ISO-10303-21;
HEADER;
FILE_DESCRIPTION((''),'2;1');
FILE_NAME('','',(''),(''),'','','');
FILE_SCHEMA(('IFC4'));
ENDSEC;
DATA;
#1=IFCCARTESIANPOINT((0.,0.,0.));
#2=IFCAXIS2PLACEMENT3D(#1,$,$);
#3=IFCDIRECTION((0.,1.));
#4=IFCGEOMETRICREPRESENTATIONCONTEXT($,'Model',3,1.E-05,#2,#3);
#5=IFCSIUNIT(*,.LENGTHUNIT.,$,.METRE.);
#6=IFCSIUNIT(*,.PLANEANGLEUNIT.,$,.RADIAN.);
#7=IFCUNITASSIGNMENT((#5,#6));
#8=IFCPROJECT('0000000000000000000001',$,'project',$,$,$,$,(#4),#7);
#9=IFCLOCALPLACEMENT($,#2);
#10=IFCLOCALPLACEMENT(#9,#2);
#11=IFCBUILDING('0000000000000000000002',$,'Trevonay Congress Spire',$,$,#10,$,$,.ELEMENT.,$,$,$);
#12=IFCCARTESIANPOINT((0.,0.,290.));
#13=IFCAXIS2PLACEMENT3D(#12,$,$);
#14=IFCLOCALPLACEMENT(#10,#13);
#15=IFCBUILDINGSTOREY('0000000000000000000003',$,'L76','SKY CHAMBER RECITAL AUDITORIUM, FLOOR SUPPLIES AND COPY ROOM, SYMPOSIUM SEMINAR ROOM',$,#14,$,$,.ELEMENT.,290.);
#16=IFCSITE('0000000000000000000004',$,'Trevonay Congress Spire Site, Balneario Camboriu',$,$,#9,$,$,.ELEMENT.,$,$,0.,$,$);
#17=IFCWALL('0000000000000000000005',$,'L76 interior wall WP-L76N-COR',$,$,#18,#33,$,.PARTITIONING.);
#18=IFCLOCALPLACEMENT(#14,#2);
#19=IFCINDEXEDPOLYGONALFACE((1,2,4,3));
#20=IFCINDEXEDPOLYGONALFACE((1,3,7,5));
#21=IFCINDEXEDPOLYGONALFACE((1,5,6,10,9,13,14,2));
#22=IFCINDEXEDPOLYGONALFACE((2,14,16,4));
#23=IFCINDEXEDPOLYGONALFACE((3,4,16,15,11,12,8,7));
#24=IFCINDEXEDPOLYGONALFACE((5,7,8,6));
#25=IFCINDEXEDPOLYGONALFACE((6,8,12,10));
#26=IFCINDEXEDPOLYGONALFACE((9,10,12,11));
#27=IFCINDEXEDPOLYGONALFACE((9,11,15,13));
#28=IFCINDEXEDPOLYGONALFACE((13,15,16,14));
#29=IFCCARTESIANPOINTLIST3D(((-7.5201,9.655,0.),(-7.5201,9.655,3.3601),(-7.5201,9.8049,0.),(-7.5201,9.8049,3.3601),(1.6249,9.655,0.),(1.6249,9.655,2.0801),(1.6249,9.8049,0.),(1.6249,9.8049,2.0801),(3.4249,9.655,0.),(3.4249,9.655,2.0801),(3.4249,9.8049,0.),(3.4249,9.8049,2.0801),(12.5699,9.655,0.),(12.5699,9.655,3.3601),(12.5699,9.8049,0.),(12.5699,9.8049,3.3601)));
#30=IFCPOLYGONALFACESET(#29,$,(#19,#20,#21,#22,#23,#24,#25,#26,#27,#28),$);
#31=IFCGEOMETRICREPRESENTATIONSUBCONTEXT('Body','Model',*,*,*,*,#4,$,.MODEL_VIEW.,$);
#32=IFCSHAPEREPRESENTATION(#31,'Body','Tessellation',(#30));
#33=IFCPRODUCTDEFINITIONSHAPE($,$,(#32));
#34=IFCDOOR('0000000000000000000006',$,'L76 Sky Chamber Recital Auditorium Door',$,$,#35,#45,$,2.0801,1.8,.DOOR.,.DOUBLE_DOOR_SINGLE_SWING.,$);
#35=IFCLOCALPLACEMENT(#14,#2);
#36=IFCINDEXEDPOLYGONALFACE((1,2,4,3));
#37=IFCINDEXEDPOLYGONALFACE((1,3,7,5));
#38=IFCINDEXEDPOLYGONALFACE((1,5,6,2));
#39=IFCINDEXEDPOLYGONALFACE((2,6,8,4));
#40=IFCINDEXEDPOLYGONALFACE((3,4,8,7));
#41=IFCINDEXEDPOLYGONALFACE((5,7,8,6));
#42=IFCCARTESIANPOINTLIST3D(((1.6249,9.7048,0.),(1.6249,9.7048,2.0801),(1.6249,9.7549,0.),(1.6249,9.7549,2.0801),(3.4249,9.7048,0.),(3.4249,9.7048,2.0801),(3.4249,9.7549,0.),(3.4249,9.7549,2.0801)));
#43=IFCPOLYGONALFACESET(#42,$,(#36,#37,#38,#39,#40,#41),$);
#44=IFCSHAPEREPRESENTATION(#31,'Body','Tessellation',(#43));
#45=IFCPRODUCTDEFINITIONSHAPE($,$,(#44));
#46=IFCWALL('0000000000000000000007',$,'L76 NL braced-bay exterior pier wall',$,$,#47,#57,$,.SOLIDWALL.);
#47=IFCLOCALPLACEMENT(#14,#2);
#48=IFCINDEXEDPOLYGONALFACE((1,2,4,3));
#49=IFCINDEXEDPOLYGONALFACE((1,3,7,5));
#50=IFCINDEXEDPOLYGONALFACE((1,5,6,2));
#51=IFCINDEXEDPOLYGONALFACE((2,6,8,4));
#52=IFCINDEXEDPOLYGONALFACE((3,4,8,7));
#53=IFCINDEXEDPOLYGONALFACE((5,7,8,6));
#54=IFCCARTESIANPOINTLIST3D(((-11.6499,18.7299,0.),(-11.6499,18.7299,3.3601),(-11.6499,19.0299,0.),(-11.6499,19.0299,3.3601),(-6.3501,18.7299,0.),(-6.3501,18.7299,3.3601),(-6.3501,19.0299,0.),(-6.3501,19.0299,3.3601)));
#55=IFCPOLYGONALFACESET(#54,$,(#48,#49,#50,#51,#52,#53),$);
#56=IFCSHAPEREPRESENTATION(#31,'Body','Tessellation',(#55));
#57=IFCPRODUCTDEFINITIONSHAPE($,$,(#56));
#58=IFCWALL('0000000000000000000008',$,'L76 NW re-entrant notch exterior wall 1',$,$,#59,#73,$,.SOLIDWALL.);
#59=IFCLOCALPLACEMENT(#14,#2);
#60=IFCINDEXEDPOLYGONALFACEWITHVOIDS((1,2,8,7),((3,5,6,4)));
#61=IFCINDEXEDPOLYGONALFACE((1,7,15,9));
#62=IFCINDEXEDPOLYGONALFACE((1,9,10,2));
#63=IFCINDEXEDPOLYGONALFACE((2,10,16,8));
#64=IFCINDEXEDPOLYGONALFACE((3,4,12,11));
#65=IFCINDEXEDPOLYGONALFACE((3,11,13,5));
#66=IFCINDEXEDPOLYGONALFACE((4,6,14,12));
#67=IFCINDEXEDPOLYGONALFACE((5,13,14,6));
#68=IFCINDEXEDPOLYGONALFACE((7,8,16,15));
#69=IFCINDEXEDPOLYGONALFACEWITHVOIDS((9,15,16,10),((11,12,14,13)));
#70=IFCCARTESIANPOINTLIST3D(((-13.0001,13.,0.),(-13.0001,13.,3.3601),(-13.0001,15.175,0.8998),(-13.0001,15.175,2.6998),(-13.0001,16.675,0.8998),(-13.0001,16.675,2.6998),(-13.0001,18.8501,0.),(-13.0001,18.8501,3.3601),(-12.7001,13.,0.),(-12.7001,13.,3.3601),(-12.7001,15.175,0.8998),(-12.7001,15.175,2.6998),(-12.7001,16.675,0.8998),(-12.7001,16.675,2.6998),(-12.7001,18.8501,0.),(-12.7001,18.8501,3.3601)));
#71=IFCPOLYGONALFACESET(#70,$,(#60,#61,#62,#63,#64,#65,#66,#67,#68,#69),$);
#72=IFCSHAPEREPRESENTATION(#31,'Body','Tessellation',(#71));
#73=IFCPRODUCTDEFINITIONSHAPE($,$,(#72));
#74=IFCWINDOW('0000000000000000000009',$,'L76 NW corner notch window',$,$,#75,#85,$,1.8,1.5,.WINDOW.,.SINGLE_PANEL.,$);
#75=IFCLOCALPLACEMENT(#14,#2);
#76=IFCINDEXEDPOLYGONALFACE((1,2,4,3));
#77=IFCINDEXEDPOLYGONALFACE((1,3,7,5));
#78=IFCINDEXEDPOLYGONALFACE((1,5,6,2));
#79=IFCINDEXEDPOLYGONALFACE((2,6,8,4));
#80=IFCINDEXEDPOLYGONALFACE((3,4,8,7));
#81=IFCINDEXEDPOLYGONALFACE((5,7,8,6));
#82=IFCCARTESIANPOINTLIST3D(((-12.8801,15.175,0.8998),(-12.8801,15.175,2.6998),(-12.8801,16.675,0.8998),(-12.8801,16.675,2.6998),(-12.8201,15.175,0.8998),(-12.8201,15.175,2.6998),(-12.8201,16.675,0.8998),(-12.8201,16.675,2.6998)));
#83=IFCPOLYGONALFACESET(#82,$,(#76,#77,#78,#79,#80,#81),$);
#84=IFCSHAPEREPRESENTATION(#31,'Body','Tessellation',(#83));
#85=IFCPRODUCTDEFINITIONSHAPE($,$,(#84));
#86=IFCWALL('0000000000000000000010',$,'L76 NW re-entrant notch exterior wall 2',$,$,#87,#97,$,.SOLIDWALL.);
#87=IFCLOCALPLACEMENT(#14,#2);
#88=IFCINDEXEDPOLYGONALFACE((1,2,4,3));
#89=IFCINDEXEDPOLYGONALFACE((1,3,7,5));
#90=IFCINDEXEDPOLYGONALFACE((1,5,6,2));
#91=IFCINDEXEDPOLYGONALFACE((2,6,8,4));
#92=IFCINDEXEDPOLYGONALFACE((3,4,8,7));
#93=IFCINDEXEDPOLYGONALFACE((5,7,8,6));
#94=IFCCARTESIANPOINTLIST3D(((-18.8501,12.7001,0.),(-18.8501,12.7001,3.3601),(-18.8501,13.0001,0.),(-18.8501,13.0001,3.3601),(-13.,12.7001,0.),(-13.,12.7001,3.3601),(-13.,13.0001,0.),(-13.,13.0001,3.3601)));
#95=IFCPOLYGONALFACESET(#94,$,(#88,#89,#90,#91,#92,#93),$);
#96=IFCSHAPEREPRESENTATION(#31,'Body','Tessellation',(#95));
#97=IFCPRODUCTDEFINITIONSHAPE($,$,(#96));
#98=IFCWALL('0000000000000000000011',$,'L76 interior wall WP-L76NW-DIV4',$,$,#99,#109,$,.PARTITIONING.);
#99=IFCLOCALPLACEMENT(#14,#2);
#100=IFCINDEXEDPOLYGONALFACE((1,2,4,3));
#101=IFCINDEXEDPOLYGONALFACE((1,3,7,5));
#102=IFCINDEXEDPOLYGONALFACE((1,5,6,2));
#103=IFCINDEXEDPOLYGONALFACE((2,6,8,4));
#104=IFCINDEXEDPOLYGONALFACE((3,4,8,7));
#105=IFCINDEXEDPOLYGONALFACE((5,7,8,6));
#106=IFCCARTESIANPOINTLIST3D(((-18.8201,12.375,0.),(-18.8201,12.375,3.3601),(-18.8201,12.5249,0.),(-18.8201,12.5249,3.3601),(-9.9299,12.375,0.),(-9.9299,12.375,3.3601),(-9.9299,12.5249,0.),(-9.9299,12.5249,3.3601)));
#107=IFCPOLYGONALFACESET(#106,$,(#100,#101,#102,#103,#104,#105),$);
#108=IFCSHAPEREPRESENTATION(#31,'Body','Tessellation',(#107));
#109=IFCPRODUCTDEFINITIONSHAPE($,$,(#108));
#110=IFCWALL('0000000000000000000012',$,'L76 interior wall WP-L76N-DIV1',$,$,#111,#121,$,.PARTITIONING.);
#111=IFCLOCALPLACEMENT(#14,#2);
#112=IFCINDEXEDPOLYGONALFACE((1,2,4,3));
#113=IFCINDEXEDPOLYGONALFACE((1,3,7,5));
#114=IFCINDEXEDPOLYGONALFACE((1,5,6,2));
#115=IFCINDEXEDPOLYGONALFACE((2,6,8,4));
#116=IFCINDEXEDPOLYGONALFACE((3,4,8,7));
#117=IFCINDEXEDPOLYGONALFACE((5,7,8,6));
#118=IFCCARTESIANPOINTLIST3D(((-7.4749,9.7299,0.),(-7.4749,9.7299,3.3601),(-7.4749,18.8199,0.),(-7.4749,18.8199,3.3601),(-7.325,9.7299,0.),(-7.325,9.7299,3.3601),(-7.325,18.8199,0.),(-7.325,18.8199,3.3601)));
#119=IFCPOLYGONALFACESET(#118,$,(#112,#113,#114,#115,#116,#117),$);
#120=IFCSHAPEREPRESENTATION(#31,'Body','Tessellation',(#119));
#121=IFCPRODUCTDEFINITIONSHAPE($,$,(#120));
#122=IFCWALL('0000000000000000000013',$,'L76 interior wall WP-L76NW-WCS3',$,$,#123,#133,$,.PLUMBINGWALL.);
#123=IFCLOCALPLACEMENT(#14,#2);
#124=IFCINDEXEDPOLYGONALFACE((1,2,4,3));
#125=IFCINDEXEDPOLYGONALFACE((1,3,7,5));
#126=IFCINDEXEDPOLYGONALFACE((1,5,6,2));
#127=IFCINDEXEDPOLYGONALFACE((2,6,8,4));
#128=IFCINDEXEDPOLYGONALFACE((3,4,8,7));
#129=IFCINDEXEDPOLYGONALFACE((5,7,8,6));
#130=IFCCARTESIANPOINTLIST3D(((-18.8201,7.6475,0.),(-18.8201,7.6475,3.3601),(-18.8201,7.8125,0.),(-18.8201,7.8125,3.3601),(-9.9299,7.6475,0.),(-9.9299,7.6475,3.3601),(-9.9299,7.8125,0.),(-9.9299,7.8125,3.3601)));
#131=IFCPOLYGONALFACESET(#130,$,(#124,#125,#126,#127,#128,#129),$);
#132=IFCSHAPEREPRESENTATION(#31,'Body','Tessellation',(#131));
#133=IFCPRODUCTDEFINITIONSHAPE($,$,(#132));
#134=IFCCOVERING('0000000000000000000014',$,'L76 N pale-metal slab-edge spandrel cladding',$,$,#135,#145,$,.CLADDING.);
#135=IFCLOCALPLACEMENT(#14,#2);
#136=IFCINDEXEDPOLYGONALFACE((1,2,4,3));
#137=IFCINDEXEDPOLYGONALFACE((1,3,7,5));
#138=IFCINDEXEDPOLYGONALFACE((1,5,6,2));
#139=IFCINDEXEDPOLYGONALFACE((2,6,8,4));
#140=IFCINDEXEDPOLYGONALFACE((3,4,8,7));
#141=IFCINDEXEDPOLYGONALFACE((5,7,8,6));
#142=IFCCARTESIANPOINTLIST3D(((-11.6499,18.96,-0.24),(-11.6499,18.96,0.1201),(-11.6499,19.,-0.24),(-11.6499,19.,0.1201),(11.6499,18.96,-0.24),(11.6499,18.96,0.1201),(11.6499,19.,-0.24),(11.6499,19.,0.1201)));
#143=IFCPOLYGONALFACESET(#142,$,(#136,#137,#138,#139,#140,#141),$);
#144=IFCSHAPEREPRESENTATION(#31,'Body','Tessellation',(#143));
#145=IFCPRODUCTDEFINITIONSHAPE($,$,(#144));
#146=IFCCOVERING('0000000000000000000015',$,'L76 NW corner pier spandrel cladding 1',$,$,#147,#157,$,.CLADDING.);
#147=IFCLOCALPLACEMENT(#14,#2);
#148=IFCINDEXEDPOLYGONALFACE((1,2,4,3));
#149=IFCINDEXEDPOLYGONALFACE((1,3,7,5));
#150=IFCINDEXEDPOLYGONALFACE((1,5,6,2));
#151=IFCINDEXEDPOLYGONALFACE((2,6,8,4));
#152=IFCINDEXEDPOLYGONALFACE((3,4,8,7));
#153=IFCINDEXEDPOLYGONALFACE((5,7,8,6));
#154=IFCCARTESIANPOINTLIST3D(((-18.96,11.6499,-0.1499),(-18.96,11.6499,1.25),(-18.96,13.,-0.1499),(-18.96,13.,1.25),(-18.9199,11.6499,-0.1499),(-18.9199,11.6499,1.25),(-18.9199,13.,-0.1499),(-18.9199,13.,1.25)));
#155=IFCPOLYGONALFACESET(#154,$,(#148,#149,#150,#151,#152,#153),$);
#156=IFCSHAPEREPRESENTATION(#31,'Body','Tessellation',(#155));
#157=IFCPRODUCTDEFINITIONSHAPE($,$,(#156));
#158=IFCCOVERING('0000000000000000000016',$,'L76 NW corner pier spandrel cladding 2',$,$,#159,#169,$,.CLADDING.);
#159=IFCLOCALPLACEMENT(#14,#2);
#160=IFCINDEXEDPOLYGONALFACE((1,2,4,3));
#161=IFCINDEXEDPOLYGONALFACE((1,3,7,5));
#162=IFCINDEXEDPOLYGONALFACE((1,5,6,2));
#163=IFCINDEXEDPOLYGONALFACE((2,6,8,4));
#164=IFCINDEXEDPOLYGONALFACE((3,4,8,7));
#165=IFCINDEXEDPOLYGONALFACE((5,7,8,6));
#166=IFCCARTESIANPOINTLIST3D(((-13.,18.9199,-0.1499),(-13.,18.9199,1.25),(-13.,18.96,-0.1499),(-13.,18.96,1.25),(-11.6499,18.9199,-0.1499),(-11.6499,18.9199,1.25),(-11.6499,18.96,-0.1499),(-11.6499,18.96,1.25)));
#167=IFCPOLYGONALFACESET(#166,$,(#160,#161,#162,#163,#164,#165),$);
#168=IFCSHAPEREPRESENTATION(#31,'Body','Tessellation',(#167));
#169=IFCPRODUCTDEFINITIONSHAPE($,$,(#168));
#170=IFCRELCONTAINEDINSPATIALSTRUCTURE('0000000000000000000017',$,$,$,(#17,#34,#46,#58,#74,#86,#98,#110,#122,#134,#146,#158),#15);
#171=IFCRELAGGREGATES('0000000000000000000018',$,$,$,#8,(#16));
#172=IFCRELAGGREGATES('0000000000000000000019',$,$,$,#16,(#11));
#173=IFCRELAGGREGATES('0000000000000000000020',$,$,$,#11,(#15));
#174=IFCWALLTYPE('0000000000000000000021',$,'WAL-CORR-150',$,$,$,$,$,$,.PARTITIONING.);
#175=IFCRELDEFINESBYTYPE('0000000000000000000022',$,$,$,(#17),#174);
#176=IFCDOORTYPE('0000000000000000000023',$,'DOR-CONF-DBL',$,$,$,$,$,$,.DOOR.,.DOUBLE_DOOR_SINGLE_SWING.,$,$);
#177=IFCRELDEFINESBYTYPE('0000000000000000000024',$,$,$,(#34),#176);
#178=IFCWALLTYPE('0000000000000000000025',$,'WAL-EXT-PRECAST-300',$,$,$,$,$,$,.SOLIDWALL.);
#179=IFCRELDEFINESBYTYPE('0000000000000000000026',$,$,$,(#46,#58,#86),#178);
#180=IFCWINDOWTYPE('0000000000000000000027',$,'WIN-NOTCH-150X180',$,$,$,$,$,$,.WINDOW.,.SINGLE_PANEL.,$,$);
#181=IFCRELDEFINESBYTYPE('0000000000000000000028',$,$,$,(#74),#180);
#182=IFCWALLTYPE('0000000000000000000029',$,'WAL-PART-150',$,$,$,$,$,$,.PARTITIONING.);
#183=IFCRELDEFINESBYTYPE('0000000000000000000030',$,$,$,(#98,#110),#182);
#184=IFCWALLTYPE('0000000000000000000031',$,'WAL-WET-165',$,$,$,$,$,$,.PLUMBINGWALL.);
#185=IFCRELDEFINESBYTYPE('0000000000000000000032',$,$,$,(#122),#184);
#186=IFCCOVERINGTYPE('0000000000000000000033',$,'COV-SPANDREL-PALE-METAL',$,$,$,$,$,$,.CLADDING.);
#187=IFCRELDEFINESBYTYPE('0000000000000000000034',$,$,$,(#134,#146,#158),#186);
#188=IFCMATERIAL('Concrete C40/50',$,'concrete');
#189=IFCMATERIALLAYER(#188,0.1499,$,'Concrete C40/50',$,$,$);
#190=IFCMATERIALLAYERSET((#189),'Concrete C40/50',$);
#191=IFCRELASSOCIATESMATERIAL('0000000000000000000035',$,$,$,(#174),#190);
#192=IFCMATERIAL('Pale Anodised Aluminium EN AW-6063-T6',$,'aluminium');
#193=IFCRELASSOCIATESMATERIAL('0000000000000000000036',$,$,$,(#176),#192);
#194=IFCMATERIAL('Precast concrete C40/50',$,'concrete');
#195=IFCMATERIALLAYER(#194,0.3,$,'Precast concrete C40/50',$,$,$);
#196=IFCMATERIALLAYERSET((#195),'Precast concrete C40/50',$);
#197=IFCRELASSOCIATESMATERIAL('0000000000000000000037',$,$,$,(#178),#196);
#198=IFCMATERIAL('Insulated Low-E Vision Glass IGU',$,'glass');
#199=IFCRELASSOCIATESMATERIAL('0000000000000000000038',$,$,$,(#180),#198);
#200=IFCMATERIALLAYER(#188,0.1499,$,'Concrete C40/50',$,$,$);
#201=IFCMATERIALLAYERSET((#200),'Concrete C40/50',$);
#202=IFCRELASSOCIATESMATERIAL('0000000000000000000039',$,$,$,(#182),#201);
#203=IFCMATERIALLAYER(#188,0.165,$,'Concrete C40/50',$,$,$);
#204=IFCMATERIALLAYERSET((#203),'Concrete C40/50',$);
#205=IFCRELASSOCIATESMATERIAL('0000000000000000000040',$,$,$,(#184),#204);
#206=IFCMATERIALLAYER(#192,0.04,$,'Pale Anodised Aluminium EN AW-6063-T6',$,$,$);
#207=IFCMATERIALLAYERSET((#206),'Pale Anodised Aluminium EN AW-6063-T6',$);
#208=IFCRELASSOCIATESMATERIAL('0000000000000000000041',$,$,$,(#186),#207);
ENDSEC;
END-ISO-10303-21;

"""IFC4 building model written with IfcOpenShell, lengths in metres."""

from ifc_helpers import new_model, si_unit, direction, frame, frame_2d, origin, place, context, subcontext, project, spatial, rectangle, extrude, material, layer, layer_set, type_object, element, fill, save


model = new_model("IFC4")

# Units and contexts
model_context = context("Model", 3, precision=1e-05, world=origin(), true_north=direction((0.0, 1.0)))
body_context = subcontext(model_context, "Body", "Model", "MODEL_VIEW")
ifc_project = project(units=[si_unit("LENGTHUNIT", "METRE"), si_unit("PLANEANGLEUNIT", "RADIAN")], contexts=[model_context])

# Site, building, storey
site_placement = place(None, origin())
site = spatial("IfcSite", under=ifc_project, at=site_placement, Name="Trevonay Congress Spire Site, Balneario Camboriu", CompositionType="ELEMENT", RefElevation=0.0)
building_placement = place(site_placement, origin())
building = spatial("IfcBuilding", under=site, at=building_placement, Name="Trevonay Congress Spire", CompositionType="ELEMENT")
storey_placement = place(building_placement, frame((0.0, 0.0, 290.0)))
storey = spatial("IfcBuildingStorey", under=building, at=storey_placement, Name="L76", Description="SKY CHAMBER RECITAL AUDITORIUM, FLOOR SUPPLIES AND COPY ROOM, SYMPOSIUM SEMINAR ROOM", CompositionType="ELEMENT", Elevation=290.0)

# Shared definitions
ifc_material_1 = material(Name="Pale Anodised Aluminium EN AW-6063-T6", Category="aluminium")

# Shared definitions
ifc_material_2 = material(Name="Insulated Low-E Vision Glass IGU", Category="glass")

# Wall, opening, door
ifc_material_3 = material(Name="Concrete C40/50", Category="concrete")
ifc_layer_1 = layer(ifc_material_3, 0.1499, Name="Concrete C40/50")
ifc_layer_set_1 = layer_set([ifc_layer_1], Name="Concrete C40/50")
wall_type_1 = type_object("IfcWallType", Name="WAL-CORR-150", PredefinedType="PARTITIONING", material=ifc_layer_set_1)
wall_1_placement = place(storey_placement, frame((-7.52, 9.73, 0.0), z_axis=(0.0, 0.0, 1.0), x_axis=(1.0, 0.0, 0.0)))
wall_1 = element("IfcWall", 1, at=wall_1_placement, inside=storey, type_object=wall_type_1, Name="L76 interior wall WP-L76N-COR", PredefinedType="PARTITIONING", context=body_context, shape_type="SweptSolid", body=[
    extrude(rectangle(XDim=20.0901, YDim=0.1499, at=frame_2d((10.0449, 0.0))), origin(), (0.0, 0.0, 1.0), 3.3601),
])
opening_1_placement = place(wall_1_placement, frame((9.145, 0.0, 0.0)))
opening_1 = element("IfcOpeningElement", 2, at=opening_1_placement, cuts=wall_1, PredefinedType="OPENING", context=body_context, shape_type="SweptSolid", body=[
    extrude(rectangle(XDim=1.8, YDim=2.0801, at=frame_2d((0.8999, 1.04))), frame((0.0, 0.085, 0.0), z_axis=(0.0, -1.0, 0.0), x_axis=(1.0, 0.0, 0.0)), (0.0, 0.0, 1.0), 0.1699),
])
door_type = type_object("IfcDoorType", Name="DOR-CONF-DBL", OperationType="DOUBLE_DOOR_SINGLE_SWING", PredefinedType="DOOR", material=ifc_material_1)
door_placement = place(opening_1_placement, origin())
door = element("IfcDoor", 3, at=door_placement, inside=storey, type_object=door_type, Name="L76 Sky Chamber Recital Auditorium Door", OperationType="DOUBLE_DOOR_SINGLE_SWING", OverallHeight=2.0801, OverallWidth=1.8, PredefinedType="DOOR", context=body_context, shape_type="SweptSolid", body=[
    extrude(rectangle(XDim=1.8, YDim=2.0801, at=frame_2d((0.8999, 1.04))), frame((0.0, 0.0249, 0.0), z_axis=(0.0, -1.0, 0.0), x_axis=(1.0, 0.0, 0.0)), (0.0, 0.0, 1.0), 0.05),
])
fill(opening_1, door)

# Wall
ifc_material_4 = material(Name="Precast concrete C40/50", Category="concrete")
ifc_layer_2 = layer(ifc_material_4, 0.3, Name="Precast concrete C40/50")
ifc_layer_set_2 = layer_set([ifc_layer_2], Name="Precast concrete C40/50")
wall_type_2 = type_object("IfcWallType", Name="WAL-EXT-PRECAST-300", PredefinedType="SOLIDWALL", material=ifc_layer_set_2)
wall_2_placement = place(storey_placement, frame((-11.6499, 18.8799, 0.0), z_axis=(0.0, 0.0, 1.0), x_axis=(1.0, 0.0, 0.0)))
element("IfcWall", 4, at=wall_2_placement, inside=storey, type_object=wall_type_2, Name="L76 NL braced-bay exterior pier wall", PredefinedType="SOLIDWALL", context=body_context, shape_type="SweptSolid", body=[
    extrude(rectangle(XDim=5.2998, YDim=0.3, at=frame_2d((2.6499, 0.0))), origin(), (0.0, 0.0, 1.0), 3.3601),
])

# Wall, opening, window
wall_3_placement = place(storey_placement, frame((-12.8501, 18.8501, 0.0), z_axis=(0.0, 0.0, 1.0), x_axis=(0.0, -1.0, 0.0)))
wall_3 = element("IfcWall", 5, at=wall_3_placement, inside=storey, type_object=wall_type_2, Name="L76 NW re-entrant notch exterior wall 1", PredefinedType="SOLIDWALL", context=body_context, shape_type="SweptSolid", body=[
    extrude(rectangle(XDim=5.8501, YDim=0.3, at=frame_2d((2.925, 0.0))), origin(), (0.0, 0.0, 1.0), 3.3601),
])
opening_2_placement = place(wall_3_placement, frame((2.175, 0.0, 0.8999)))
opening_2 = element("IfcOpeningElement", 6, at=opening_2_placement, cuts=wall_3, PredefinedType="OPENING", context=body_context, shape_type="SweptSolid", body=[
    extrude(rectangle(XDim=1.5, YDim=1.8, at=frame_2d((0.75, 0.8999))), frame((0.0, 0.1602, 0.0), z_axis=(0.0, -1.0, 0.0), x_axis=(1.0, 0.0, 0.0)), (0.0, 0.0, 1.0), 0.3201),
])
window_type = type_object("IfcWindowType", Name="WIN-NOTCH-150X180", PartitioningType="SINGLE_PANEL", PredefinedType="WINDOW", material=ifc_material_2)
window_placement = place(opening_2_placement, origin())
window = element("IfcWindow", 7, at=window_placement, inside=storey, type_object=window_type, Name="L76 NW corner notch window", OverallHeight=1.8, OverallWidth=1.5, PartitioningType="SINGLE_PANEL", PredefinedType="WINDOW", context=body_context, shape_type="SweptSolid", body=[
    extrude(rectangle(XDim=1.5, YDim=1.8, at=frame_2d((0.75, 0.8999))), frame((0.0, 0.03, 0.0), z_axis=(0.0, -1.0, 0.0), x_axis=(1.0, 0.0, 0.0)), (0.0, 0.0, 1.0), 0.0601),
])
fill(opening_2, window)

# Walls
wall_4_placement = place(storey_placement, frame((-18.8501, 12.8501, 0.0), z_axis=(0.0, 0.0, 1.0), x_axis=(1.0, 0.0, 0.0)))
element("IfcWall", 8, at=wall_4_placement, inside=storey, type_object=wall_type_2, Name="L76 NW re-entrant notch exterior wall 2", PredefinedType="SOLIDWALL", context=body_context, shape_type="SweptSolid", body=[
    extrude(rectangle(XDim=5.8501, YDim=0.3, at=frame_2d((2.925, 0.0))), origin(), (0.0, 0.0, 1.0), 3.3601),
])
ifc_layer_3 = layer(ifc_material_3, 0.1499, Name="Concrete C40/50")
ifc_layer_set_3 = layer_set([ifc_layer_3], Name="Concrete C40/50")
wall_type_3 = type_object("IfcWallType", Name="WAL-PART-150", PredefinedType="PARTITIONING", material=ifc_layer_set_3)
wall_5_placement = place(storey_placement, frame((-18.8201, 12.45, 0.0), z_axis=(0.0, 0.0, 1.0), x_axis=(1.0, 0.0, 0.0)))
element("IfcWall", 9, at=wall_5_placement, inside=storey, type_object=wall_type_3, Name="L76 interior wall WP-L76NW-DIV4", PredefinedType="PARTITIONING", context=body_context, shape_type="SweptSolid", body=[
    extrude(rectangle(XDim=8.8901, YDim=0.1499, at=frame_2d((4.4451, 0.0))), origin(), (0.0, 0.0, 1.0), 3.3601),
])
wall_6_placement = place(storey_placement, frame((-7.3999, 9.73, 0.0), z_axis=(0.0, 0.0, 1.0), x_axis=(0.0, 1.0, 0.0)))
element("IfcWall", 10, at=wall_6_placement, inside=storey, type_object=wall_type_3, Name="L76 interior wall WP-L76N-DIV1", PredefinedType="PARTITIONING", context=body_context, shape_type="SweptSolid", body=[
    extrude(rectangle(XDim=9.0901, YDim=0.1499, at=frame_2d((4.5449, 0.0))), origin(), (0.0, 0.0, 1.0), 3.3601),
])
ifc_layer_4 = layer(ifc_material_3, 0.165, Name="Concrete C40/50")
ifc_layer_set_4 = layer_set([ifc_layer_4], Name="Concrete C40/50")
wall_type_4 = type_object("IfcWallType", Name="WAL-WET-165", PredefinedType="PLUMBINGWALL", material=ifc_layer_set_4)
wall_7_placement = place(storey_placement, frame((-18.8201, 7.73, 0.0), z_axis=(0.0, 0.0, 1.0), x_axis=(1.0, 0.0, 0.0)))
element("IfcWall", 11, at=wall_7_placement, inside=storey, type_object=wall_type_4, Name="L76 interior wall WP-L76NW-WCS3", PredefinedType="PLUMBINGWALL", context=body_context, shape_type="SweptSolid", body=[
    extrude(rectangle(XDim=8.8901, YDim=0.165, at=frame_2d((4.4451, 0.0))), origin(), (0.0, 0.0, 1.0), 3.3601),
])

# Coverings
ifc_layer_5 = layer(ifc_material_1, 0.04, Name="Pale Anodised Aluminium EN AW-6063-T6")
ifc_layer_set_5 = layer_set([ifc_layer_5], Name="Pale Anodised Aluminium EN AW-6063-T6")
covering_type = type_object("IfcCoveringType", Name="COV-SPANDREL-PALE-METAL", PredefinedType="CLADDING", material=ifc_layer_set_5)
covering_placement = place(storey_placement, frame((-11.6499, 18.98, -0.24), z_axis=(0.0, 0.0, 1.0), x_axis=(1.0, 0.0, 0.0)))
element("IfcCovering", 12, at=covering_placement, inside=storey, type_object=covering_type, Name="L76 N pale-metal slab-edge spandrel cladding", PredefinedType="CLADDING", context=body_context, shape_type="SweptSolid", body=[
    extrude(rectangle(XDim=23.2998, YDim=0.04, at=frame_2d((11.6499, 0.0))), origin(), (0.0, 0.0, 1.0), 0.3601),
])
for number, where, z_axis, x_axis, name in (
    (13, (-18.9399, 11.6499, -0.1499), (0.0, 0.0, 1.0), (0.0, 1.0, 0.0), "L76 NW corner pier spandrel cladding 1"),
    (14, (-11.6499, 18.9399, -0.1499), (0.0, 0.0, 1.0), (-1.0, 0.0, 0.0), "L76 NW corner pier spandrel cladding 2"),
):
    element("IfcCovering", number, at=place(storey_placement, frame(where, z_axis=z_axis, x_axis=x_axis)), inside=storey, type_object=covering_type, Name=name, PredefinedType="CLADDING", context=body_context, shape_type="SweptSolid", body=[
        extrude(rectangle(XDim=1.3501, YDim=0.04, at=frame_2d((0.675, 0.0))), origin(), (0.0, 0.0, 1.0), 1.3999),
    ])

save(model, "model.ifc")
